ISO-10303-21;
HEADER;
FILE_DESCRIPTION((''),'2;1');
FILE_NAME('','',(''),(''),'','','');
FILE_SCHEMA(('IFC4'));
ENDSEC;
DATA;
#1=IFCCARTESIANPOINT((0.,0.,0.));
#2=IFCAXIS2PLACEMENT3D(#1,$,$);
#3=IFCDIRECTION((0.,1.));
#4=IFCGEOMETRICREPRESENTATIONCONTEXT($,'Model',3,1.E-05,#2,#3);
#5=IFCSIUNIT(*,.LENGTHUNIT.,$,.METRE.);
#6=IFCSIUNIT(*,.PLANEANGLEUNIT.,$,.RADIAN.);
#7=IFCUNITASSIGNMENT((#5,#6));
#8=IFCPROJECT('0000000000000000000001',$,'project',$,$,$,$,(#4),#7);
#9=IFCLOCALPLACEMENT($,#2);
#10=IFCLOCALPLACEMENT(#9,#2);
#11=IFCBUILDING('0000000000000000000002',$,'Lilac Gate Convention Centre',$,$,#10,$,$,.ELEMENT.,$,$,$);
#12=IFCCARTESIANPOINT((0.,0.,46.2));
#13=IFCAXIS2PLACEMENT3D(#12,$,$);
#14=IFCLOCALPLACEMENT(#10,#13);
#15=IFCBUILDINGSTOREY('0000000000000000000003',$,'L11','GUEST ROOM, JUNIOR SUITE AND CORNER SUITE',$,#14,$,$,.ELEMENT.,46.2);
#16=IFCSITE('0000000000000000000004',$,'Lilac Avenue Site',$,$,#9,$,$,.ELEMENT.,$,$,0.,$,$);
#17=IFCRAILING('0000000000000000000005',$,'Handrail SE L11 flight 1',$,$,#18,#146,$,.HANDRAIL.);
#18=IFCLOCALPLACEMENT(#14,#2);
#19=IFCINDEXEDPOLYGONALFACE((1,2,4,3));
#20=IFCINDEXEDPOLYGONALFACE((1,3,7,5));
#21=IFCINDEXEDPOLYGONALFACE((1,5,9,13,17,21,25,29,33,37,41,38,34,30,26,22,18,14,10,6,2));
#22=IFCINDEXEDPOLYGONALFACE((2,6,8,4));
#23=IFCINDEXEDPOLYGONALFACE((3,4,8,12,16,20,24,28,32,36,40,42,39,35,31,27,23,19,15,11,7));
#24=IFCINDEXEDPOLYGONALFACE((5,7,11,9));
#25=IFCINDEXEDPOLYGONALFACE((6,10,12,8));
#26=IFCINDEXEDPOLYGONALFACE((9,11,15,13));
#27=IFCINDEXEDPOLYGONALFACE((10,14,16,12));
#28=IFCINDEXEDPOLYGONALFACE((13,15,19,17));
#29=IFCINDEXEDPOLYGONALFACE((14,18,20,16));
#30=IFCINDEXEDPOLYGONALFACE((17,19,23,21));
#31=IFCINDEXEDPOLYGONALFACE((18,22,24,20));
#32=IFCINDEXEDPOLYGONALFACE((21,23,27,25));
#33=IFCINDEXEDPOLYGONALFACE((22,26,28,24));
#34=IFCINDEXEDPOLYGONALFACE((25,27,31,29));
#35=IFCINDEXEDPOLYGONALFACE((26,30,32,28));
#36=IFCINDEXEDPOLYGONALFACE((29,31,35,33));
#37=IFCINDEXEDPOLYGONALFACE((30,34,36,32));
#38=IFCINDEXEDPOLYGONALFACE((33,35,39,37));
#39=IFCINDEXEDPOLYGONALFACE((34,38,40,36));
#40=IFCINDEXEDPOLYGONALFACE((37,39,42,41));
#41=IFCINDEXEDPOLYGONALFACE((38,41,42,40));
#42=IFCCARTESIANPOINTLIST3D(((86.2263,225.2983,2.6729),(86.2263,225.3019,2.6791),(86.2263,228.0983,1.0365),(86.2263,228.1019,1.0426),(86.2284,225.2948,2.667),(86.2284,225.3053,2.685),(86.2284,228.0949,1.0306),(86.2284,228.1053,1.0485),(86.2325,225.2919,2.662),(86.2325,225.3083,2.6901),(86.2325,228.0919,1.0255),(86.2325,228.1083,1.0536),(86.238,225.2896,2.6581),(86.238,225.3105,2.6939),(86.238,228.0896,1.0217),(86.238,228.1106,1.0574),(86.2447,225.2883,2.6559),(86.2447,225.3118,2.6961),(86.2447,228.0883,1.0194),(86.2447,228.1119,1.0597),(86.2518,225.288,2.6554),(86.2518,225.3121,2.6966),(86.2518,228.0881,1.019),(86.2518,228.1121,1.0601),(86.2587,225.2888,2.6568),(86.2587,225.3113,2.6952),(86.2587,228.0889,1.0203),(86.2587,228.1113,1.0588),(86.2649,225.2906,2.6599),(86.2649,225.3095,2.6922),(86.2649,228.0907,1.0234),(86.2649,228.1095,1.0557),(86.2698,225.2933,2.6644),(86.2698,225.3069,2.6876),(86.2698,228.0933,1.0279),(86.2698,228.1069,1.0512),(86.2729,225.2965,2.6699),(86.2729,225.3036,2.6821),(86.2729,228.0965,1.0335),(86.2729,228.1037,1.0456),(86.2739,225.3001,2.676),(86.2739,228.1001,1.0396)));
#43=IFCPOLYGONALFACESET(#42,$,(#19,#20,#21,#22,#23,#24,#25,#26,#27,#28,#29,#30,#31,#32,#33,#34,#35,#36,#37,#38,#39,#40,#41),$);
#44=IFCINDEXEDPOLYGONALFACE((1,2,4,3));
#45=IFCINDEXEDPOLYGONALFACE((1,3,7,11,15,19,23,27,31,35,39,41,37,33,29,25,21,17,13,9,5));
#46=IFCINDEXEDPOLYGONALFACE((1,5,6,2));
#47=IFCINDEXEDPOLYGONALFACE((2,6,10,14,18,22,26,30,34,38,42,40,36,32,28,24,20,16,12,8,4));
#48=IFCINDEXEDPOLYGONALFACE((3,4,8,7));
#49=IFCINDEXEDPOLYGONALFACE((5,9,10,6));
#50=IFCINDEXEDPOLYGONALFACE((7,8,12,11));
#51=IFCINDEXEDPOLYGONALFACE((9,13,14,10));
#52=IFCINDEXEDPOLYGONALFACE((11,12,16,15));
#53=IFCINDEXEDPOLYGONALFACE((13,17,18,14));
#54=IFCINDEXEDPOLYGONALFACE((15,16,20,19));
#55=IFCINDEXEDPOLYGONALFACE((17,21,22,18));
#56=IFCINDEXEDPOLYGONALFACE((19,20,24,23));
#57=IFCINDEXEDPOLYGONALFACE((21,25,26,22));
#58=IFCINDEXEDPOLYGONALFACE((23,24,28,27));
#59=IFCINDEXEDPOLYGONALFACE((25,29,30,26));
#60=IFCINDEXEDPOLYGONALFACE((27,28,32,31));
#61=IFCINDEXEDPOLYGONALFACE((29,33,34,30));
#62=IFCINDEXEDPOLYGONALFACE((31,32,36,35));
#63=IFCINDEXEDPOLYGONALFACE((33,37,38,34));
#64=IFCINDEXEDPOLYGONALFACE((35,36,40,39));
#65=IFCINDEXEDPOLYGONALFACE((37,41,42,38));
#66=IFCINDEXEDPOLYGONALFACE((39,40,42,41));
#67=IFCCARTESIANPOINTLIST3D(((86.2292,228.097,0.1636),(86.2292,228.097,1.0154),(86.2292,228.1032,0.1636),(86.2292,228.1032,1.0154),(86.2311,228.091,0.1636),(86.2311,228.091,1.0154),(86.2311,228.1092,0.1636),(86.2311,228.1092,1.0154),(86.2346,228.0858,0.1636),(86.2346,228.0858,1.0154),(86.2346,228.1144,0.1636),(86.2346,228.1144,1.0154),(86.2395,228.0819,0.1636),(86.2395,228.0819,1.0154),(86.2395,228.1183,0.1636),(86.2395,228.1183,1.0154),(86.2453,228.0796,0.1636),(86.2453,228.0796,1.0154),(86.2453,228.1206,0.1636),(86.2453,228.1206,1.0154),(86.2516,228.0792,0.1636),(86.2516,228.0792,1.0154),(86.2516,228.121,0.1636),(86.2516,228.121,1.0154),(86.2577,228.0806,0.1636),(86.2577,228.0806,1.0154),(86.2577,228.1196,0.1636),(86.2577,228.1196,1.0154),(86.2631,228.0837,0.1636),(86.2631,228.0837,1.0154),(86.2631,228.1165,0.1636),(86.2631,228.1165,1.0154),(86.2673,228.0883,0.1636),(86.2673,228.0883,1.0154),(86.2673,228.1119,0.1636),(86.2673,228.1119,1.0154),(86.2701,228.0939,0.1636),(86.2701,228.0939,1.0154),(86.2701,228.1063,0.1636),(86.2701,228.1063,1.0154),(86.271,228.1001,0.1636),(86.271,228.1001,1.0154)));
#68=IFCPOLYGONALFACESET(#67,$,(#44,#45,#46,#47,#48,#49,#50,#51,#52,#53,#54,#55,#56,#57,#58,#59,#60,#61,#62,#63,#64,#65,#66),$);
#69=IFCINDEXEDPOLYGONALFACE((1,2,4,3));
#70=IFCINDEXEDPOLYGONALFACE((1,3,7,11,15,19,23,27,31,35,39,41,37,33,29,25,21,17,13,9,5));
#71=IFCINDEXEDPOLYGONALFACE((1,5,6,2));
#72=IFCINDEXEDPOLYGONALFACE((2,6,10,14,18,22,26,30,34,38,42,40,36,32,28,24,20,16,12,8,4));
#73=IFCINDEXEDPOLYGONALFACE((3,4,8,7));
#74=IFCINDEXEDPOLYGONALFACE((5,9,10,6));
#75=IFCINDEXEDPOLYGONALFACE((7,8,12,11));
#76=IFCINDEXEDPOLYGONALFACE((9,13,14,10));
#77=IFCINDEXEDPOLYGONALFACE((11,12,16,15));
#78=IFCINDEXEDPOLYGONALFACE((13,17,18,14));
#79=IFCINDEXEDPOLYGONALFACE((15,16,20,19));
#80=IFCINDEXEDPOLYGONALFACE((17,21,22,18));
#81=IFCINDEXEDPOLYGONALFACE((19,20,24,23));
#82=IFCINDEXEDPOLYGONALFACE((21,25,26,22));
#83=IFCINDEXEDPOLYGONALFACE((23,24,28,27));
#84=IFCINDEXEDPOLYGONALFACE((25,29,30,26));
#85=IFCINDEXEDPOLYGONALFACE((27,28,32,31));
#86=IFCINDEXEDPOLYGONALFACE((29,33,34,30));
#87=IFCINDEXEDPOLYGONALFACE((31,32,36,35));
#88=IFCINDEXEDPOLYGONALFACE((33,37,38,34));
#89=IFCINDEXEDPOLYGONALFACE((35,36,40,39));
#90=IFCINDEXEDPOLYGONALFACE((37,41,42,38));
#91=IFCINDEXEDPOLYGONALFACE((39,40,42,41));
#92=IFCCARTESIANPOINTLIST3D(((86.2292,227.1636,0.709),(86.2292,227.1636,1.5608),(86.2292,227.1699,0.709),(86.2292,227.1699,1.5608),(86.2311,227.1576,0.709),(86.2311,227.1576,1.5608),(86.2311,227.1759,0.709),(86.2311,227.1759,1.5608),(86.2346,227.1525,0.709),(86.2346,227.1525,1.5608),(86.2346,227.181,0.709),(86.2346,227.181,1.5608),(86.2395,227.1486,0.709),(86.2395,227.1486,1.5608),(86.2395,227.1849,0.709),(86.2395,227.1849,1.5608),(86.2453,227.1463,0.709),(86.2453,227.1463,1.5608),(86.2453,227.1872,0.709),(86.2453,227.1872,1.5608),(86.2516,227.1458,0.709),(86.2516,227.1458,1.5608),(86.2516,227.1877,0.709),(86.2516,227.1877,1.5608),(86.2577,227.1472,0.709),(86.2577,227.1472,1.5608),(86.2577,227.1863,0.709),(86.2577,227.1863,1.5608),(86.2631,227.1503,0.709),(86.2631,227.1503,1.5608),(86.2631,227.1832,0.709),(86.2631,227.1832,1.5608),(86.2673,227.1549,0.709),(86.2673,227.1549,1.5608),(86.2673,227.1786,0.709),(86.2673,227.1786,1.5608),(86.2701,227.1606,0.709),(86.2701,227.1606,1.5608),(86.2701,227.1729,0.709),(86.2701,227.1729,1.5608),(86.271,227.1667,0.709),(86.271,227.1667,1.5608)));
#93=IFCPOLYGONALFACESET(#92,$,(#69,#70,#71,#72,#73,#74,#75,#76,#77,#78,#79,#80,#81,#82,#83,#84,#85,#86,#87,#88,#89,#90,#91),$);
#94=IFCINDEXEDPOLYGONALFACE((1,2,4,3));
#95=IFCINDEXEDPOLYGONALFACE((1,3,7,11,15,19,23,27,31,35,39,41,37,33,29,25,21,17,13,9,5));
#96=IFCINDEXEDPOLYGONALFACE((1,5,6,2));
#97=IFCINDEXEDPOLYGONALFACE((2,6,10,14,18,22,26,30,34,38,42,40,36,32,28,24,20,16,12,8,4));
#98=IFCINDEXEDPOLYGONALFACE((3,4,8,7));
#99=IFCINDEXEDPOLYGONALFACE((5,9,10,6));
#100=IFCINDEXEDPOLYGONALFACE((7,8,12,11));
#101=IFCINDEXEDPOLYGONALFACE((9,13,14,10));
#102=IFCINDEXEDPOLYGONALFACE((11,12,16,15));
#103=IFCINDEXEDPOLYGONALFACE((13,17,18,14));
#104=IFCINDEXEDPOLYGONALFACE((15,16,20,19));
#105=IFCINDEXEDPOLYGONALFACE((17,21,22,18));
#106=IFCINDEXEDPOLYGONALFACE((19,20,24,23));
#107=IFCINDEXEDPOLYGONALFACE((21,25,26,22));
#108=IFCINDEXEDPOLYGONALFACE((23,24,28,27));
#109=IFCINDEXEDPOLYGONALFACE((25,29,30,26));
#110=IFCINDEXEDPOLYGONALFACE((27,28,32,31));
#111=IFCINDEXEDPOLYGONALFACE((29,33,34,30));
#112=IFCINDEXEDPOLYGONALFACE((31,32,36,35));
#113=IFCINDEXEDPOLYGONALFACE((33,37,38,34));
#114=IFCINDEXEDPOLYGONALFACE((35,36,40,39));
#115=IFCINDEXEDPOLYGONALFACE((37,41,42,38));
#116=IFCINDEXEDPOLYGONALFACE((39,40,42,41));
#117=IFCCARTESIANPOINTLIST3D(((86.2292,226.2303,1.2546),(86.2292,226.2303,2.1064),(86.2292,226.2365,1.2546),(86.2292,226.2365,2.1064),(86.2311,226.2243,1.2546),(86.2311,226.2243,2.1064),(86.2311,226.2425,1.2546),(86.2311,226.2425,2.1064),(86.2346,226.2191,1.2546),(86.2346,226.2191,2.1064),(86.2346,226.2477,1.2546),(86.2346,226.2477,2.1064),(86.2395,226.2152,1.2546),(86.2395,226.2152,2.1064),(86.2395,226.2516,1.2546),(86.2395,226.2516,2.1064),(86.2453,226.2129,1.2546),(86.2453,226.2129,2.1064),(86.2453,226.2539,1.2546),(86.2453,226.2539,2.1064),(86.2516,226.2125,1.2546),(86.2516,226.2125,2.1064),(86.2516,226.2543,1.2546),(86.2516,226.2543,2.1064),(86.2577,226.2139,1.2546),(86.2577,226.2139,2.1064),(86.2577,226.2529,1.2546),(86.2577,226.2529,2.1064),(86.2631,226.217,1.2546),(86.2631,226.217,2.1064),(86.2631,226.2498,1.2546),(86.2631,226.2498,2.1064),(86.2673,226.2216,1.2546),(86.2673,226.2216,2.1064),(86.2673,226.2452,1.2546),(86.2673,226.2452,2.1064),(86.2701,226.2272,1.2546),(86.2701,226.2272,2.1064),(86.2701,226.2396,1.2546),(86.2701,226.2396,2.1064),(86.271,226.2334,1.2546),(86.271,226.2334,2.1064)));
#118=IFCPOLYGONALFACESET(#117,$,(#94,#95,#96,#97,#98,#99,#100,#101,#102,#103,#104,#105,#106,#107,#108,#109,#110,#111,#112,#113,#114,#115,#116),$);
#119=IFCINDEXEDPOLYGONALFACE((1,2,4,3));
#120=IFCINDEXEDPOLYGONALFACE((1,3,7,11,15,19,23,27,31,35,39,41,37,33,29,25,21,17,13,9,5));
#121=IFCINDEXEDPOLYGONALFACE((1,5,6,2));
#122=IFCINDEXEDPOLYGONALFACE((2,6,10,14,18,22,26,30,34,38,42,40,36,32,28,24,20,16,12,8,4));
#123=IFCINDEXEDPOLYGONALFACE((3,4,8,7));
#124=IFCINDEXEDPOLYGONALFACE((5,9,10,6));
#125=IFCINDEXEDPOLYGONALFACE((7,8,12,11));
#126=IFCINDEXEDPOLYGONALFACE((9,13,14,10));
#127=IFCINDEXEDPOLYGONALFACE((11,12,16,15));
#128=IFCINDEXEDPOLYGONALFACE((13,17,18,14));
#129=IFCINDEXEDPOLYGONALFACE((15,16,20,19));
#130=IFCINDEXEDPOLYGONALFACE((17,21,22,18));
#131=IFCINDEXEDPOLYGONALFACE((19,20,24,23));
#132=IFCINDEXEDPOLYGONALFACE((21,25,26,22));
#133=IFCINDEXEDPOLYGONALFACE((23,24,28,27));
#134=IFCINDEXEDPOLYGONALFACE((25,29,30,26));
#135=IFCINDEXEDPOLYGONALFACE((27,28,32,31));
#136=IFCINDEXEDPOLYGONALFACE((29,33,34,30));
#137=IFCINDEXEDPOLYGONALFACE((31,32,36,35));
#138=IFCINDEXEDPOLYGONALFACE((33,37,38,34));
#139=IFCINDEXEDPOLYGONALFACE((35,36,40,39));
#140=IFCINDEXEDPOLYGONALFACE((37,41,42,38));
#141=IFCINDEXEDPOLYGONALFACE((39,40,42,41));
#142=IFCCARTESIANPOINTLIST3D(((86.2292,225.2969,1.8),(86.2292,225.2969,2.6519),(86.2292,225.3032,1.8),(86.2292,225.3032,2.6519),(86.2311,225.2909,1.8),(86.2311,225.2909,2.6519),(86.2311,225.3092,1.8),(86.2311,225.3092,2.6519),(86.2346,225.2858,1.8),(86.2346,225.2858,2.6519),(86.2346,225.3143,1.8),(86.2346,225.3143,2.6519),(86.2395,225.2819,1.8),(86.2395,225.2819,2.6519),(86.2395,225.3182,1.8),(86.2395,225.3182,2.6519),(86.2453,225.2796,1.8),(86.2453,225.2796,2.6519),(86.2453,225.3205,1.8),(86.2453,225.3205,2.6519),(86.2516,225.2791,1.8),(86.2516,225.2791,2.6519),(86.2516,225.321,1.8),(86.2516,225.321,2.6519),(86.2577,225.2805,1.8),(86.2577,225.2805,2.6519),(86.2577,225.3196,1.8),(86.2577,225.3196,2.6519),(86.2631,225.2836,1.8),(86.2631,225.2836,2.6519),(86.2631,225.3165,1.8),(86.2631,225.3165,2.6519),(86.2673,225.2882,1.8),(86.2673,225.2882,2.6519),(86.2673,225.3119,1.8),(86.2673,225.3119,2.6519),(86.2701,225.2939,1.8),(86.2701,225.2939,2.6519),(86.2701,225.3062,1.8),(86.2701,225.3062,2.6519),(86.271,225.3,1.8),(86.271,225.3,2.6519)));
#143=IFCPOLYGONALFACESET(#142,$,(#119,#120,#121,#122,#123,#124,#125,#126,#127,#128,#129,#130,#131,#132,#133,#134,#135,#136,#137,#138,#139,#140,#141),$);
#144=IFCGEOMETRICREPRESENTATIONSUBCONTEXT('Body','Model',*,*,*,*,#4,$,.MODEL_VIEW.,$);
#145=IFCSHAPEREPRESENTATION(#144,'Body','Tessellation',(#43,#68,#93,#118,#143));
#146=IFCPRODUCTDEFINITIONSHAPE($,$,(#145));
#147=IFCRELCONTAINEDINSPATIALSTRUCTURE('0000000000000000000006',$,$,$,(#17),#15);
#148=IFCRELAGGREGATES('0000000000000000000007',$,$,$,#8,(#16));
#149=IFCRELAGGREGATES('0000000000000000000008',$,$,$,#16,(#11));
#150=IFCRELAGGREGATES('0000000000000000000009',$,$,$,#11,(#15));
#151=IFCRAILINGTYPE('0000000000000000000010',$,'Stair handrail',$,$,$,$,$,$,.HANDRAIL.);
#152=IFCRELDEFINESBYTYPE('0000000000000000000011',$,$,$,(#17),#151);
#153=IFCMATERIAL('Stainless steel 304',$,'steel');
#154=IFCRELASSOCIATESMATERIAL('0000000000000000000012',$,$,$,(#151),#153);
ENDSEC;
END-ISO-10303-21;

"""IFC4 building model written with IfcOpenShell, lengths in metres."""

from ifc_helpers import new_model, si_unit, direction, frame, origin, origin_2d, place, context, subcontext, project, spatial, circle, extrude, material, type_object, element, save


model = new_model("IFC4")

# Units and contexts
model_context = context("Model", 3, precision=1e-05, world=origin(), true_north=direction((0.0, 1.0)))
body_context = subcontext(model_context, "Body", "Model", "MODEL_VIEW")
ifc_project = project(units=[si_unit("LENGTHUNIT", "METRE"), si_unit("PLANEANGLEUNIT", "RADIAN")], contexts=[model_context])

# Site, building, storey
site_placement = place(None, origin())
site = spatial("IfcSite", under=ifc_project, at=site_placement, Name="Lilac Avenue Site", CompositionType="ELEMENT", RefElevation=0.0)
building_placement = place(site_placement, origin())
building = spatial("IfcBuilding", under=site, at=building_placement, Name="Lilac Gate Convention Centre", CompositionType="ELEMENT")
storey_placement = place(building_placement, frame((0.0, 0.0, 46.2)))
storey = spatial("IfcBuildingStorey", under=building, at=storey_placement, Name="L11", Description="GUEST ROOM, JUNIOR SUITE AND CORNER SUITE", CompositionType="ELEMENT", Elevation=46.2)

# Shared definitions
ifc_material_1 = material(Name="Stainless steel 304", Category="steel")

# Railing
railing_type = type_object("IfcRailingType", Name="Stair handrail", PredefinedType="HANDRAIL", material=ifc_material_1)
for number, where, name in (
    (1, (86.25, 228.1001, 0.1636), "Handrail SE L11 flight 1"),
):
    element("IfcRailing", number, at=place(storey_placement, frame(where)), inside=storey, type_object=railing_type, Name=name, PredefinedType="HANDRAIL", context=body_context, shape_type="SweptSolid", body=[
        extrude(circle(Radius=0.0239, at=origin_2d()), frame((0.0, 0.0, 0.876), z_axis=(0.0, -0.863361, 0.504587), x_axis=(1.0, 0.0, 0.0)), (0.0, 0.0, 1.0), 3.2432),
        extrude(circle(Radius=0.021, at=origin_2d()), origin(), (0.0, 0.0, 1.0), 0.8518),
        extrude(circle(Radius=0.021, at=origin_2d()), frame((0.0, -0.9333, 0.5454)), (0.0, 0.0, 1.0), 0.8518),
        extrude(circle(Radius=0.021, at=origin_2d()), frame((0.0, -1.8667, 1.0911)), (0.0, 0.0, 1.0), 0.8518),
        extrude(circle(Radius=0.021, at=origin_2d()), frame((0.0, -2.8, 1.6365)), (0.0, 0.0, 1.0), 0.8518),
    ])

save(model, "model.ifc")
